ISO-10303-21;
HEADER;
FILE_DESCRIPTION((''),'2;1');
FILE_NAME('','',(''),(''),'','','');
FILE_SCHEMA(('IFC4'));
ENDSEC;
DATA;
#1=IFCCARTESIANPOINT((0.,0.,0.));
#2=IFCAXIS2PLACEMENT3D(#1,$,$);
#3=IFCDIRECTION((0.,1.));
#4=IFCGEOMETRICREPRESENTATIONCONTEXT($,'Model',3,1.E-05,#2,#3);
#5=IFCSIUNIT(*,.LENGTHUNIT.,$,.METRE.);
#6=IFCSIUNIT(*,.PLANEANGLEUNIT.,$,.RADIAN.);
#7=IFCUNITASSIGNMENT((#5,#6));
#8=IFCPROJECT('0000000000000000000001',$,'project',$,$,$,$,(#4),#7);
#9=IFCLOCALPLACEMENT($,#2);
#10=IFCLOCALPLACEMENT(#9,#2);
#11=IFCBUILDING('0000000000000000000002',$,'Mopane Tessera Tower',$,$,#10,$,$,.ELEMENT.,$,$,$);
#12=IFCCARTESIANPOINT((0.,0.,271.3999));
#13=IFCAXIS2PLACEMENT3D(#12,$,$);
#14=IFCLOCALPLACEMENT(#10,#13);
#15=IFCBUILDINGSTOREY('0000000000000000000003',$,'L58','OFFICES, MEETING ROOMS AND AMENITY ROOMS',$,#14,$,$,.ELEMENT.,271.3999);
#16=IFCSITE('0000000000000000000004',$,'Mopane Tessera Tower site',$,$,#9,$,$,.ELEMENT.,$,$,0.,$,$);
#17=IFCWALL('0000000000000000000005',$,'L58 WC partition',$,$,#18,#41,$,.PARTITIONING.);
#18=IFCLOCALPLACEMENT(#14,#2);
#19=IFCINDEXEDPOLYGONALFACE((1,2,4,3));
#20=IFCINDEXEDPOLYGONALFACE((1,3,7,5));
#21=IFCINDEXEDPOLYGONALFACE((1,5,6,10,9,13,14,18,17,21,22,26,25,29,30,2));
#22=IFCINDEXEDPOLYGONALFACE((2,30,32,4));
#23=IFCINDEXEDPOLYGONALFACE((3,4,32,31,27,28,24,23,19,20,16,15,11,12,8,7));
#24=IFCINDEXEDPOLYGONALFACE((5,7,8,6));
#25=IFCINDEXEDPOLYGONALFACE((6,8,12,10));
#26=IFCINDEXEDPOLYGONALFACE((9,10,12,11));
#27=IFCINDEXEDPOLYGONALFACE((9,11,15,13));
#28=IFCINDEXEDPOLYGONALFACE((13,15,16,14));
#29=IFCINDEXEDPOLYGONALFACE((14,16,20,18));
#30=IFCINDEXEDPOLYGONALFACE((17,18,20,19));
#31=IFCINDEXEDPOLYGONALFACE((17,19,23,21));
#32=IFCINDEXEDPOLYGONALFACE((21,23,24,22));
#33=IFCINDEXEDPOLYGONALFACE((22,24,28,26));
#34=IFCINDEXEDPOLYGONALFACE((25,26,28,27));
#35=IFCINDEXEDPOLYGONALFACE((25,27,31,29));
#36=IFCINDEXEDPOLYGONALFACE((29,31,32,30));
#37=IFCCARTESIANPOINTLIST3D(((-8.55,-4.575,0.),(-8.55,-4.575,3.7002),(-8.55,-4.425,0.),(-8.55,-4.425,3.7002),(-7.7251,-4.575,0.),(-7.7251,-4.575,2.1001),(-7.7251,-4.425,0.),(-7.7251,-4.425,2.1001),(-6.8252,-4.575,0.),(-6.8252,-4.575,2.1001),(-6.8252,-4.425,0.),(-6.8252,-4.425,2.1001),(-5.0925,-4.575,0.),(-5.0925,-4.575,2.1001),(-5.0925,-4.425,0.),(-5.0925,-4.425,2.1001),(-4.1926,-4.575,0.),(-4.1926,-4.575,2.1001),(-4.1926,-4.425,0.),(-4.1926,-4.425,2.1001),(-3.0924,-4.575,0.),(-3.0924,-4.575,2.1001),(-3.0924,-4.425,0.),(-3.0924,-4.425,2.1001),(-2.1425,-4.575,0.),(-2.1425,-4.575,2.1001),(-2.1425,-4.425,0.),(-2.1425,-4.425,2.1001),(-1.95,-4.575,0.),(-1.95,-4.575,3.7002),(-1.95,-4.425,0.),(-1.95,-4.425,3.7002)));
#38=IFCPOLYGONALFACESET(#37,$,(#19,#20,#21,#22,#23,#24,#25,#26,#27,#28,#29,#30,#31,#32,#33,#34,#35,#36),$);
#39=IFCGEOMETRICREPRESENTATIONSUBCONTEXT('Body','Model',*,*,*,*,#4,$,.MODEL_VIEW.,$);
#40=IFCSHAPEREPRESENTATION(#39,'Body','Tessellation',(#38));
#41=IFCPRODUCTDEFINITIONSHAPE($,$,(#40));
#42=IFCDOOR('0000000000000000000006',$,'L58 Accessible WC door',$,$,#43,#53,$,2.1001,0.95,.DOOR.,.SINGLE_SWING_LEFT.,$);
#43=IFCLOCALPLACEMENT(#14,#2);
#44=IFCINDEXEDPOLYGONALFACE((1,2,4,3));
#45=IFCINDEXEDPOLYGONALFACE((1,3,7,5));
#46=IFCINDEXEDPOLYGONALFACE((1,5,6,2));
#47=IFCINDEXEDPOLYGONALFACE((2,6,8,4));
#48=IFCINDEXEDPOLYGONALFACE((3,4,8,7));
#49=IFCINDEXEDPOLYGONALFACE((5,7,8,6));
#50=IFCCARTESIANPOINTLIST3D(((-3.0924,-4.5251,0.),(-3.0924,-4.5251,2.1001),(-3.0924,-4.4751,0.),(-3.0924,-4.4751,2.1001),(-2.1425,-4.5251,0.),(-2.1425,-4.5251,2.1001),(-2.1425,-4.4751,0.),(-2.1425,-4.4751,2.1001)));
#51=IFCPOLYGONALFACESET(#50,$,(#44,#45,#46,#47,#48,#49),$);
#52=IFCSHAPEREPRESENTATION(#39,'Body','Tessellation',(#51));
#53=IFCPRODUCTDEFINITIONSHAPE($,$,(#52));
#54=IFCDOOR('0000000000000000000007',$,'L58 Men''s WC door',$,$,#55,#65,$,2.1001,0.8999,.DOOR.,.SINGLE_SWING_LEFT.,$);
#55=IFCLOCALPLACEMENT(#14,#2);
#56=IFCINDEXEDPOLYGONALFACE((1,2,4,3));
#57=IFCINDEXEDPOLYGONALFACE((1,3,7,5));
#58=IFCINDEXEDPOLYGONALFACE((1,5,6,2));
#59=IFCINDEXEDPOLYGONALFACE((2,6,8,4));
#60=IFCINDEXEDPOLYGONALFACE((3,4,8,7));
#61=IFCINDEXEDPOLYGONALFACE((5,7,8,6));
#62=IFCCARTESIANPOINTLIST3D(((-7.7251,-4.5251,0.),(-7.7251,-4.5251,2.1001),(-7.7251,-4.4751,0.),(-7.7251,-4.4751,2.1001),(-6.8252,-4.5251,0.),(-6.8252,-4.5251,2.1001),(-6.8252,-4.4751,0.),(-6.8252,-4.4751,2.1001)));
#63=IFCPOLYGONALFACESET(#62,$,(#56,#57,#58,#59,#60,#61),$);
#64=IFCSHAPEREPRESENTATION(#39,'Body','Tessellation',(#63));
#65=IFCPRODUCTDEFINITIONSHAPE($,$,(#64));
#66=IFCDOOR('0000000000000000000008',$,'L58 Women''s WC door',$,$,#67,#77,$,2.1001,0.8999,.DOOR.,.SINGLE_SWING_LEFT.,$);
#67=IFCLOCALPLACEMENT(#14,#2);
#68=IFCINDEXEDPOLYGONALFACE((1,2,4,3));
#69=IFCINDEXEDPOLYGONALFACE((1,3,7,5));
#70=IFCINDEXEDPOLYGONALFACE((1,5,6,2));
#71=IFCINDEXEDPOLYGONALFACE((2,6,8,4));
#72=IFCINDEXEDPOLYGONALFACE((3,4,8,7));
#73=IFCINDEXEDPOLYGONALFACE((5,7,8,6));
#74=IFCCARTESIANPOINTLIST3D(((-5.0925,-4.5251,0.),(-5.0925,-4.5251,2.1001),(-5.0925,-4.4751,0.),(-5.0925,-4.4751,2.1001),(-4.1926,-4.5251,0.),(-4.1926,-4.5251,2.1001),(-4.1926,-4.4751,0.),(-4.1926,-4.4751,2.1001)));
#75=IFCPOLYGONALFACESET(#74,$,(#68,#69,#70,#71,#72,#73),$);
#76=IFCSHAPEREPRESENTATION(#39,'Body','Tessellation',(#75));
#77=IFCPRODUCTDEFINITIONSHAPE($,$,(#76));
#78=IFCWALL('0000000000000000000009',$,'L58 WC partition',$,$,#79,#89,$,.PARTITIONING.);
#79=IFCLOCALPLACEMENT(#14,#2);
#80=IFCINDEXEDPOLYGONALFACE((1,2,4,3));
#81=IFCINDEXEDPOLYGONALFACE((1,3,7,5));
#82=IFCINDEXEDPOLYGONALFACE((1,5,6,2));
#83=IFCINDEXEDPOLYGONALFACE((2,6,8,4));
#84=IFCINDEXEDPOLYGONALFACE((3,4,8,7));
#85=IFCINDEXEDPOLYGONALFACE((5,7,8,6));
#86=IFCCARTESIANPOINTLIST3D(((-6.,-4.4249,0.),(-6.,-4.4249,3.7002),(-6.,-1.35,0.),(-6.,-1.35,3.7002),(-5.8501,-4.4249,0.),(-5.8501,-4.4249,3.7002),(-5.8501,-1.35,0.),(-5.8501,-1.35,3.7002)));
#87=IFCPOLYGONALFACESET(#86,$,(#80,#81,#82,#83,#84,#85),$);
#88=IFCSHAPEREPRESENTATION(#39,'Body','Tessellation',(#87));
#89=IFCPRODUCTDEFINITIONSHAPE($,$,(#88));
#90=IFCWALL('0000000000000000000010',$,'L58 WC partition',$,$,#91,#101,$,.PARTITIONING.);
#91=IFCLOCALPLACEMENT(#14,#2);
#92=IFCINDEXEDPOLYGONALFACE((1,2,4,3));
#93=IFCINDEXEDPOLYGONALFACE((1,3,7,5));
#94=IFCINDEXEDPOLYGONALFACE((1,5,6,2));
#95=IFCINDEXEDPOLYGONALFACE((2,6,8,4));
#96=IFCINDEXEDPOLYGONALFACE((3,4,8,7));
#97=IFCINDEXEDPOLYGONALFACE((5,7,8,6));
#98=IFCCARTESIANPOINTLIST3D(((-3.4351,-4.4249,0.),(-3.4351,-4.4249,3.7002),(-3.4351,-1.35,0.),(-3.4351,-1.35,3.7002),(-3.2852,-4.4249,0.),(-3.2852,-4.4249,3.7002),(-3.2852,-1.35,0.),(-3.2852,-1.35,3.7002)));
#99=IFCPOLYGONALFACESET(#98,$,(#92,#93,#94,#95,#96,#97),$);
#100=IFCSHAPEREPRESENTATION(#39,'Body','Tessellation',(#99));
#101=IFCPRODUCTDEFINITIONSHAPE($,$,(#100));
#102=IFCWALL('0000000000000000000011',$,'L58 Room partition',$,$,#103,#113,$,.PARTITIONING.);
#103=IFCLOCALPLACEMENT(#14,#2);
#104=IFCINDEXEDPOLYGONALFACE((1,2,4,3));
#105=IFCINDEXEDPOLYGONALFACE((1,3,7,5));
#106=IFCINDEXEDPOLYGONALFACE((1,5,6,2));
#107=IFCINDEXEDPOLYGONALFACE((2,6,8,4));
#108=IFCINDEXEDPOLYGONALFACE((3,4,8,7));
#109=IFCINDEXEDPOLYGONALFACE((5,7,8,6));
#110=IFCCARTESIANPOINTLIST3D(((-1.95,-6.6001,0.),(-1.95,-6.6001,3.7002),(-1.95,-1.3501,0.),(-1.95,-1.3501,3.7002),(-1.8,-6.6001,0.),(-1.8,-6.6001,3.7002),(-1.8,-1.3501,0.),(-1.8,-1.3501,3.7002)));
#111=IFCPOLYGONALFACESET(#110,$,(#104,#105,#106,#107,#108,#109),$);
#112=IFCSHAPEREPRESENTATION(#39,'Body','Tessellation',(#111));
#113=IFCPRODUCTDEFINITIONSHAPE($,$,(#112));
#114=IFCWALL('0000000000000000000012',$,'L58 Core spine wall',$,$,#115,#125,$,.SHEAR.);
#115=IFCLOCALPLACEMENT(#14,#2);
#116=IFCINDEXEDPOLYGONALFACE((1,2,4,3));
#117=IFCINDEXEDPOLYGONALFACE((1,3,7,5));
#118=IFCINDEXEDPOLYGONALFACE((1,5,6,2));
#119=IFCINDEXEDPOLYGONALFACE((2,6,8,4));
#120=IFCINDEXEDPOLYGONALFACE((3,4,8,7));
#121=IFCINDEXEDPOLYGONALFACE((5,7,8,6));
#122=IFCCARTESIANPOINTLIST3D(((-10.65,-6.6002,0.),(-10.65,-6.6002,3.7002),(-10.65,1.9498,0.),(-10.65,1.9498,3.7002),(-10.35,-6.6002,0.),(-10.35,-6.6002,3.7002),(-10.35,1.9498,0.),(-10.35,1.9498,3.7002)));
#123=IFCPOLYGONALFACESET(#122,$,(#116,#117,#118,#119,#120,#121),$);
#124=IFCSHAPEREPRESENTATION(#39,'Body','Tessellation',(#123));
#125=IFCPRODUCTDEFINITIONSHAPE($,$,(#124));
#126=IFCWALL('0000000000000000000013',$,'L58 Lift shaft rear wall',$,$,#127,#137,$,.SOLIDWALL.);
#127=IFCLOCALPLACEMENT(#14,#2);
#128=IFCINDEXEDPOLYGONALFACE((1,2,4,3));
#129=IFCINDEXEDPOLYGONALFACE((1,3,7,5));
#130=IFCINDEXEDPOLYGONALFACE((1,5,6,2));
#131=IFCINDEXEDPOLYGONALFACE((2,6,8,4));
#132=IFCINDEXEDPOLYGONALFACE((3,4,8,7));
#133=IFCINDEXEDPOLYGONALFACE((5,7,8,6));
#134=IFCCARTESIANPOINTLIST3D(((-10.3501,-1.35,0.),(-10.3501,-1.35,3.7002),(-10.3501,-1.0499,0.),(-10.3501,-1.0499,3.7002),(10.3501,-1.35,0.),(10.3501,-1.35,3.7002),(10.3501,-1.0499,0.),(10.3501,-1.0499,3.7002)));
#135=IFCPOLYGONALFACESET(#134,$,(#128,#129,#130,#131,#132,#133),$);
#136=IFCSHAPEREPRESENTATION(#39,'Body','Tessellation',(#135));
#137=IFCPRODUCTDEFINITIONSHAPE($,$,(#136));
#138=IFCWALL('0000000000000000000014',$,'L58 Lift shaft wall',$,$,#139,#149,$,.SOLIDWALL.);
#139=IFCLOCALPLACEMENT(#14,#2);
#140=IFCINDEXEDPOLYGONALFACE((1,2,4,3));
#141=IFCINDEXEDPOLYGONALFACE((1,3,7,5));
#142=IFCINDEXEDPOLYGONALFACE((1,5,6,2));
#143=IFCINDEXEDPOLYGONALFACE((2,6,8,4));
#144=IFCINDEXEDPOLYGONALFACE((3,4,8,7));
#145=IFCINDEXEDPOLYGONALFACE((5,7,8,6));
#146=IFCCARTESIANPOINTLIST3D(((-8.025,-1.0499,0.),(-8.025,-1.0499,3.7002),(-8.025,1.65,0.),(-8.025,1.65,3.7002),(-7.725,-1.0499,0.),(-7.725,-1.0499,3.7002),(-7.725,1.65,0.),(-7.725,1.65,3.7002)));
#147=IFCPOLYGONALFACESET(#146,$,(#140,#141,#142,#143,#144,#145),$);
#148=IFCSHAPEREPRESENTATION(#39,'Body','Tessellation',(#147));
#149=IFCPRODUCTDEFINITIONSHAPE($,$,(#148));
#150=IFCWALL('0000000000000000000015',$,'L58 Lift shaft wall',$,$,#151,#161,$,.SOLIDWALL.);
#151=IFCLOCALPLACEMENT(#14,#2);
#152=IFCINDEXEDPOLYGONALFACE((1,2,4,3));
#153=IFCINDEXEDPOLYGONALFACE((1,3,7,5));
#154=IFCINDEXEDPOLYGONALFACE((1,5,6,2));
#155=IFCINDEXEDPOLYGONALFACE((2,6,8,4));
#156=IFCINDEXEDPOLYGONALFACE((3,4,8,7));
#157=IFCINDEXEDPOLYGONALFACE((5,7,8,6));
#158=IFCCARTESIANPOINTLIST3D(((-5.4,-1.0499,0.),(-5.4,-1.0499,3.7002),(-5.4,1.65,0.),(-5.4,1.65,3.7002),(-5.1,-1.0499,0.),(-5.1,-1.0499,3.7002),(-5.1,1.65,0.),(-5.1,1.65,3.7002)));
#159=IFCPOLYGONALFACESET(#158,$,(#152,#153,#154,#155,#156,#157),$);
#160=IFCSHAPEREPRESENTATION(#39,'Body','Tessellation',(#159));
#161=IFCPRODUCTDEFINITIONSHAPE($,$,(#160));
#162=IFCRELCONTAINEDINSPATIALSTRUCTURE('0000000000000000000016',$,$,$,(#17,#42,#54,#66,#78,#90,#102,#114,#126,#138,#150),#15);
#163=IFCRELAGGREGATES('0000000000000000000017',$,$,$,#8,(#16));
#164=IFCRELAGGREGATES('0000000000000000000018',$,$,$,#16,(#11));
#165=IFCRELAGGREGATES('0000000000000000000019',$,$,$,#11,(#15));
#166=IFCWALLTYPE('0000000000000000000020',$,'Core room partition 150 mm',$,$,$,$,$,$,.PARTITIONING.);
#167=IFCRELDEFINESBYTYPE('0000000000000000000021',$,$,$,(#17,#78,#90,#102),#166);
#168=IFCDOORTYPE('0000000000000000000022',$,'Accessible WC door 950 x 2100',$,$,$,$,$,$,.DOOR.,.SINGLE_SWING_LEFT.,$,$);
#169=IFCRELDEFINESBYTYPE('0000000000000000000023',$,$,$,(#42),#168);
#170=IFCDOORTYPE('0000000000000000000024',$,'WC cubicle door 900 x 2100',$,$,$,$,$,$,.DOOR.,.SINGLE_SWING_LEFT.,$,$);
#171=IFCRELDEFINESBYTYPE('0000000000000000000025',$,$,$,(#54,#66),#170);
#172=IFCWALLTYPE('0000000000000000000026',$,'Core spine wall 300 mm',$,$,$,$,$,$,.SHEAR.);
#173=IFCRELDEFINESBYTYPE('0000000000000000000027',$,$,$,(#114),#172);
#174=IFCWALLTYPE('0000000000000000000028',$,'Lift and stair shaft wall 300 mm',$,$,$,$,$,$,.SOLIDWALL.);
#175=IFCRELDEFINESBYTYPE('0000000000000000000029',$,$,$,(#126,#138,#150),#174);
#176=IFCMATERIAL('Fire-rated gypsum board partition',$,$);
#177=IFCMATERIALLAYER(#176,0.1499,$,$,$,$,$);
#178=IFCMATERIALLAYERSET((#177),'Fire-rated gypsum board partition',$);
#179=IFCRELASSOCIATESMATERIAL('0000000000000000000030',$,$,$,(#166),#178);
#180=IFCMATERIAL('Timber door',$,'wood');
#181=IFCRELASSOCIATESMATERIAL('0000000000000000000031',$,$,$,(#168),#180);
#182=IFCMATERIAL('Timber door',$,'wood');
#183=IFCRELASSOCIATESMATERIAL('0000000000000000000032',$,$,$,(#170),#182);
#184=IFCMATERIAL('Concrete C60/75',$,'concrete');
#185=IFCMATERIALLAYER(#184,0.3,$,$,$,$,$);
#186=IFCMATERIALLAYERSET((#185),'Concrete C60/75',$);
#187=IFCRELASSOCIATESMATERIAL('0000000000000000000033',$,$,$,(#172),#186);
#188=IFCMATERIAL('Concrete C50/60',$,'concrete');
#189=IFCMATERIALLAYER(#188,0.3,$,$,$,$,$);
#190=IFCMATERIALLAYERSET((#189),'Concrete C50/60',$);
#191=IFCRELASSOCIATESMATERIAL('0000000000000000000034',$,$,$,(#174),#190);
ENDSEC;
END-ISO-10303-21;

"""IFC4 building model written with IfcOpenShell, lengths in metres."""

from ifc_helpers import new_model, si_unit, direction, frame, frame_2d, origin, place, context, subcontext, project, spatial, rectangle, extrude, material, layer, layer_set, type_object, element, fill, save


model = new_model("IFC4")

# Units and contexts
model_context = context("Model", 3, precision=1e-05, world=origin(), true_north=direction((0.0, 1.0)))
body_context = subcontext(model_context, "Body", "Model", "MODEL_VIEW")
ifc_project = project(units=[si_unit("LENGTHUNIT", "METRE"), si_unit("PLANEANGLEUNIT", "RADIAN")], contexts=[model_context])

# Site, building, storey
site_placement = place(None, origin())
site = spatial("IfcSite", under=ifc_project, at=site_placement, Name="Mopane Tessera Tower site", CompositionType="ELEMENT", RefElevation=0.0)
building_placement = place(site_placement, origin())
building = spatial("IfcBuilding", under=site, at=building_placement, Name="Mopane Tessera Tower", CompositionType="ELEMENT")
storey_placement = place(building_placement, frame((0.0, 0.0, 271.3999)))
storey = spatial("IfcBuildingStorey", under=building, at=storey_placement, Name="L58", Description="OFFICES, MEETING ROOMS AND AMENITY ROOMS", CompositionType="ELEMENT", Elevation=271.3999)

# Shared definitions
ifc_material_1 = material(Name="Fire-rated gypsum board partition")
ifc_layer_1 = layer(ifc_material_1, 0.1499)
ifc_layer_set_1 = layer_set([ifc_layer_1], Name="Fire-rated gypsum board partition")
wall_type_1 = type_object("IfcWallType", Name="Core room partition 150 mm", PredefinedType="PARTITIONING", material=ifc_layer_set_1)

# Wall, openings, doors
wall_1_placement = place(storey_placement, frame((-8.55, -4.5, 0.0), z_axis=(0.0, 0.0, 1.0), x_axis=(1.0, 0.0, 0.0)))
wall_1 = element("IfcWall", 1, at=wall_1_placement, inside=storey, type_object=wall_type_1, Name="L58 WC partition", PredefinedType="PARTITIONING", context=body_context, shape_type="SweptSolid", body=[
    extrude(rectangle(XDim=6.6001, YDim=0.1499, at=frame_2d((3.3, 0.0))), origin(), (0.0, 0.0, 1.0), 3.7002),
])
opening_1_placement = place(wall_1_placement, frame((0.825, 0.0, 0.0)))
opening_1 = element("IfcOpeningElement", 2, at=opening_1_placement, cuts=wall_1, PredefinedType="OPENING", context=body_context, shape_type="SweptSolid", body=[
    extrude(rectangle(XDim=0.8999, YDim=2.1001, at=frame_2d((0.45, 1.05))), frame((0.0, 0.0869, 0.0), z_axis=(0.0, -1.0, 0.0), x_axis=(1.0, 0.0, 0.0)), (0.0, 0.0, 1.0), 0.1738),
])
opening_2_placement = place(wall_1_placement, frame((3.4575, 0.0, 0.0)))
opening_2 = element("IfcOpeningElement", 3, at=opening_2_placement, cuts=wall_1, PredefinedType="OPENING", context=body_context, shape_type="SweptSolid", body=[
    extrude(rectangle(XDim=0.8999, YDim=2.1001, at=frame_2d((0.45, 1.05))), frame((0.0, 0.0869, 0.0), z_axis=(0.0, -1.0, 0.0), x_axis=(1.0, 0.0, 0.0)), (0.0, 0.0, 1.0), 0.1738),
])
opening_3_placement = place(wall_1_placement, frame((5.4575, 0.0, 0.0)))
opening_3 = element("IfcOpeningElement", 4, at=opening_3_placement, cuts=wall_1, PredefinedType="OPENING", context=body_context, shape_type="SweptSolid", body=[
    extrude(rectangle(XDim=0.95, YDim=2.1001, at=frame_2d((0.4751, 1.05))), frame((0.0, 0.0869, 0.0), z_axis=(0.0, -1.0, 0.0), x_axis=(1.0, 0.0, 0.0)), (0.0, 0.0, 1.0), 0.1738),
])
ifc_material_2 = material(Name="Timber door", Category="wood")
door_type_1 = type_object("IfcDoorType", Name="Accessible WC door 950 x 2100", OperationType="SINGLE_SWING_LEFT", PredefinedType="DOOR", material=ifc_material_2)
door_1_placement = place(opening_3_placement, origin())
door_1 = element("IfcDoor", 5, at=door_1_placement, inside=storey, type_object=door_type_1, Name="L58 Accessible WC door", OperationType="SINGLE_SWING_LEFT", OverallHeight=2.1001, OverallWidth=0.95, PredefinedType="DOOR", context=body_context, shape_type="SweptSolid", body=[
    extrude(rectangle(XDim=0.95, YDim=2.1001, at=frame_2d((0.4751, 1.05))), frame((0.0, 0.0249, 0.0), z_axis=(0.0, -1.0, 0.0), x_axis=(1.0, 0.0, 0.0)), (0.0, 0.0, 1.0), 0.05),
])
fill(opening_3, door_1)
ifc_material_3 = material(Name="Timber door", Category="wood")
door_type_2 = type_object("IfcDoorType", Name="WC cubicle door 900 x 2100", OperationType="SINGLE_SWING_LEFT", PredefinedType="DOOR", material=ifc_material_3)
door_2_placement = place(opening_1_placement, origin())
door_2 = element("IfcDoor", 6, at=door_2_placement, inside=storey, type_object=door_type_2, Name="L58 Men's WC door", OperationType="SINGLE_SWING_LEFT", OverallHeight=2.1001, OverallWidth=0.8999, PredefinedType="DOOR", context=body_context, shape_type="SweptSolid", body=[
    extrude(rectangle(XDim=0.8999, YDim=2.1001, at=frame_2d((0.45, 1.05))), frame((0.0, 0.0249, 0.0), z_axis=(0.0, -1.0, 0.0), x_axis=(1.0, 0.0, 0.0)), (0.0, 0.0, 1.0), 0.05),
])
fill(opening_1, door_2)
door_3_placement = place(opening_2_placement, origin())
door_3 = element("IfcDoor", 7, at=door_3_placement, inside=storey, type_object=door_type_2, Name="L58 Women's WC door", OperationType="SINGLE_SWING_LEFT", OverallHeight=2.1001, OverallWidth=0.8999, PredefinedType="DOOR", context=body_context, shape_type="SweptSolid", body=[
    extrude(rectangle(XDim=0.8999, YDim=2.1001, at=frame_2d((0.45, 1.05))), frame((0.0, 0.0249, 0.0), z_axis=(0.0, -1.0, 0.0), x_axis=(1.0, 0.0, 0.0)), (0.0, 0.0, 1.0), 0.05),
])
fill(opening_2, door_3)

# Walls
for number, where, z_axis, x_axis, name in (
    (8, (-5.925, -4.425, 0.0), (0.0, 0.0, 1.0), (0.0, 1.0, 0.0), "L58 WC partition"),
    (9, (-3.3601, -4.425, 0.0), (0.0, 0.0, 1.0), (0.0, 1.0, 0.0), "L58 WC partition"),
):
    element("IfcWall", number, at=place(storey_placement, frame(where, z_axis=z_axis, x_axis=x_axis)), inside=storey, type_object=wall_type_1, Name=name, PredefinedType="PARTITIONING", context=body_context, shape_type="SweptSolid", body=[
        extrude(rectangle(XDim=3.075, YDim=0.1499, at=frame_2d((1.5376, 0.0))), origin(), (0.0, 0.0, 1.0), 3.7002),
    ])
wall_2_placement = place(storey_placement, frame((-1.875, -6.6001, 0.0), z_axis=(0.0, 0.0, 1.0), x_axis=(0.0, 1.0, 0.0)))
element("IfcWall", 10, at=wall_2_placement, inside=storey, type_object=wall_type_1, Name="L58 Room partition", PredefinedType="PARTITIONING", context=body_context, shape_type="SweptSolid", body=[
    extrude(rectangle(XDim=5.25, YDim=0.1499, at=frame_2d((2.625, 0.0))), origin(), (0.0, 0.0, 1.0), 3.7002),
])
ifc_material_4 = material(Name="Concrete C60/75", Category="concrete")
ifc_layer_2 = layer(ifc_material_4, 0.3)
ifc_layer_set_2 = layer_set([ifc_layer_2], Name="Concrete C60/75")
wall_type_2 = type_object("IfcWallType", Name="Core spine wall 300 mm", PredefinedType="SHEAR", material=ifc_layer_set_2)
wall_3_placement = place(storey_placement, frame((-10.5, -6.6001, 0.0), z_axis=(0.0, 0.0, 1.0), x_axis=(0.0, 1.0, 0.0)))
element("IfcWall", 11, at=wall_3_placement, inside=storey, type_object=wall_type_2, Name="L58 Core spine wall", PredefinedType="SHEAR", context=body_context, shape_type="SweptSolid", body=[
    extrude(rectangle(XDim=8.55, YDim=0.3, at=frame_2d((4.2749, 0.0))), origin(), (0.0, 0.0, 1.0), 3.7002),
])
ifc_material_5 = material(Name="Concrete C50/60", Category="concrete")
ifc_layer_3 = layer(ifc_material_5, 0.3)
ifc_layer_set_3 = layer_set([ifc_layer_3], Name="Concrete C50/60")
wall_type_3 = type_object("IfcWallType", Name="Lift and stair shaft wall 300 mm", PredefinedType="SOLIDWALL", material=ifc_layer_set_3)
wall_4_placement = place(storey_placement, frame((-10.3501, -1.2, 0.0), z_axis=(0.0, 0.0, 1.0), x_axis=(1.0, 0.0, 0.0)))
element("IfcWall", 12, at=wall_4_placement, inside=storey, type_object=wall_type_3, Name="L58 Lift shaft rear wall", PredefinedType="SOLIDWALL", context=body_context, shape_type="SweptSolid", body=[
    extrude(rectangle(XDim=20.7002, YDim=0.3, at=frame_2d((10.3501, 0.0))), origin(), (0.0, 0.0, 1.0), 3.7002),
])
for number, where, z_axis, x_axis, name in (
    (13, (-7.875, -1.05, 0.0), (0.0, 0.0, 1.0), (0.0, 1.0, 0.0), "L58 Lift shaft wall"),
    (14, (-5.25, -1.05, 0.0), (0.0, 0.0, 1.0), (0.0, 1.0, 0.0), "L58 Lift shaft wall"),
):
    element("IfcWall", number, at=place(storey_placement, frame(where, z_axis=z_axis, x_axis=x_axis)), inside=storey, type_object=wall_type_3, Name=name, PredefinedType="SOLIDWALL", context=body_context, shape_type="SweptSolid", body=[
        extrude(rectangle(XDim=2.7, YDim=0.3, at=frame_2d((1.3501, 0.0))), origin(), (0.0, 0.0, 1.0), 3.7002),
    ])

save(model, "model.ifc")
